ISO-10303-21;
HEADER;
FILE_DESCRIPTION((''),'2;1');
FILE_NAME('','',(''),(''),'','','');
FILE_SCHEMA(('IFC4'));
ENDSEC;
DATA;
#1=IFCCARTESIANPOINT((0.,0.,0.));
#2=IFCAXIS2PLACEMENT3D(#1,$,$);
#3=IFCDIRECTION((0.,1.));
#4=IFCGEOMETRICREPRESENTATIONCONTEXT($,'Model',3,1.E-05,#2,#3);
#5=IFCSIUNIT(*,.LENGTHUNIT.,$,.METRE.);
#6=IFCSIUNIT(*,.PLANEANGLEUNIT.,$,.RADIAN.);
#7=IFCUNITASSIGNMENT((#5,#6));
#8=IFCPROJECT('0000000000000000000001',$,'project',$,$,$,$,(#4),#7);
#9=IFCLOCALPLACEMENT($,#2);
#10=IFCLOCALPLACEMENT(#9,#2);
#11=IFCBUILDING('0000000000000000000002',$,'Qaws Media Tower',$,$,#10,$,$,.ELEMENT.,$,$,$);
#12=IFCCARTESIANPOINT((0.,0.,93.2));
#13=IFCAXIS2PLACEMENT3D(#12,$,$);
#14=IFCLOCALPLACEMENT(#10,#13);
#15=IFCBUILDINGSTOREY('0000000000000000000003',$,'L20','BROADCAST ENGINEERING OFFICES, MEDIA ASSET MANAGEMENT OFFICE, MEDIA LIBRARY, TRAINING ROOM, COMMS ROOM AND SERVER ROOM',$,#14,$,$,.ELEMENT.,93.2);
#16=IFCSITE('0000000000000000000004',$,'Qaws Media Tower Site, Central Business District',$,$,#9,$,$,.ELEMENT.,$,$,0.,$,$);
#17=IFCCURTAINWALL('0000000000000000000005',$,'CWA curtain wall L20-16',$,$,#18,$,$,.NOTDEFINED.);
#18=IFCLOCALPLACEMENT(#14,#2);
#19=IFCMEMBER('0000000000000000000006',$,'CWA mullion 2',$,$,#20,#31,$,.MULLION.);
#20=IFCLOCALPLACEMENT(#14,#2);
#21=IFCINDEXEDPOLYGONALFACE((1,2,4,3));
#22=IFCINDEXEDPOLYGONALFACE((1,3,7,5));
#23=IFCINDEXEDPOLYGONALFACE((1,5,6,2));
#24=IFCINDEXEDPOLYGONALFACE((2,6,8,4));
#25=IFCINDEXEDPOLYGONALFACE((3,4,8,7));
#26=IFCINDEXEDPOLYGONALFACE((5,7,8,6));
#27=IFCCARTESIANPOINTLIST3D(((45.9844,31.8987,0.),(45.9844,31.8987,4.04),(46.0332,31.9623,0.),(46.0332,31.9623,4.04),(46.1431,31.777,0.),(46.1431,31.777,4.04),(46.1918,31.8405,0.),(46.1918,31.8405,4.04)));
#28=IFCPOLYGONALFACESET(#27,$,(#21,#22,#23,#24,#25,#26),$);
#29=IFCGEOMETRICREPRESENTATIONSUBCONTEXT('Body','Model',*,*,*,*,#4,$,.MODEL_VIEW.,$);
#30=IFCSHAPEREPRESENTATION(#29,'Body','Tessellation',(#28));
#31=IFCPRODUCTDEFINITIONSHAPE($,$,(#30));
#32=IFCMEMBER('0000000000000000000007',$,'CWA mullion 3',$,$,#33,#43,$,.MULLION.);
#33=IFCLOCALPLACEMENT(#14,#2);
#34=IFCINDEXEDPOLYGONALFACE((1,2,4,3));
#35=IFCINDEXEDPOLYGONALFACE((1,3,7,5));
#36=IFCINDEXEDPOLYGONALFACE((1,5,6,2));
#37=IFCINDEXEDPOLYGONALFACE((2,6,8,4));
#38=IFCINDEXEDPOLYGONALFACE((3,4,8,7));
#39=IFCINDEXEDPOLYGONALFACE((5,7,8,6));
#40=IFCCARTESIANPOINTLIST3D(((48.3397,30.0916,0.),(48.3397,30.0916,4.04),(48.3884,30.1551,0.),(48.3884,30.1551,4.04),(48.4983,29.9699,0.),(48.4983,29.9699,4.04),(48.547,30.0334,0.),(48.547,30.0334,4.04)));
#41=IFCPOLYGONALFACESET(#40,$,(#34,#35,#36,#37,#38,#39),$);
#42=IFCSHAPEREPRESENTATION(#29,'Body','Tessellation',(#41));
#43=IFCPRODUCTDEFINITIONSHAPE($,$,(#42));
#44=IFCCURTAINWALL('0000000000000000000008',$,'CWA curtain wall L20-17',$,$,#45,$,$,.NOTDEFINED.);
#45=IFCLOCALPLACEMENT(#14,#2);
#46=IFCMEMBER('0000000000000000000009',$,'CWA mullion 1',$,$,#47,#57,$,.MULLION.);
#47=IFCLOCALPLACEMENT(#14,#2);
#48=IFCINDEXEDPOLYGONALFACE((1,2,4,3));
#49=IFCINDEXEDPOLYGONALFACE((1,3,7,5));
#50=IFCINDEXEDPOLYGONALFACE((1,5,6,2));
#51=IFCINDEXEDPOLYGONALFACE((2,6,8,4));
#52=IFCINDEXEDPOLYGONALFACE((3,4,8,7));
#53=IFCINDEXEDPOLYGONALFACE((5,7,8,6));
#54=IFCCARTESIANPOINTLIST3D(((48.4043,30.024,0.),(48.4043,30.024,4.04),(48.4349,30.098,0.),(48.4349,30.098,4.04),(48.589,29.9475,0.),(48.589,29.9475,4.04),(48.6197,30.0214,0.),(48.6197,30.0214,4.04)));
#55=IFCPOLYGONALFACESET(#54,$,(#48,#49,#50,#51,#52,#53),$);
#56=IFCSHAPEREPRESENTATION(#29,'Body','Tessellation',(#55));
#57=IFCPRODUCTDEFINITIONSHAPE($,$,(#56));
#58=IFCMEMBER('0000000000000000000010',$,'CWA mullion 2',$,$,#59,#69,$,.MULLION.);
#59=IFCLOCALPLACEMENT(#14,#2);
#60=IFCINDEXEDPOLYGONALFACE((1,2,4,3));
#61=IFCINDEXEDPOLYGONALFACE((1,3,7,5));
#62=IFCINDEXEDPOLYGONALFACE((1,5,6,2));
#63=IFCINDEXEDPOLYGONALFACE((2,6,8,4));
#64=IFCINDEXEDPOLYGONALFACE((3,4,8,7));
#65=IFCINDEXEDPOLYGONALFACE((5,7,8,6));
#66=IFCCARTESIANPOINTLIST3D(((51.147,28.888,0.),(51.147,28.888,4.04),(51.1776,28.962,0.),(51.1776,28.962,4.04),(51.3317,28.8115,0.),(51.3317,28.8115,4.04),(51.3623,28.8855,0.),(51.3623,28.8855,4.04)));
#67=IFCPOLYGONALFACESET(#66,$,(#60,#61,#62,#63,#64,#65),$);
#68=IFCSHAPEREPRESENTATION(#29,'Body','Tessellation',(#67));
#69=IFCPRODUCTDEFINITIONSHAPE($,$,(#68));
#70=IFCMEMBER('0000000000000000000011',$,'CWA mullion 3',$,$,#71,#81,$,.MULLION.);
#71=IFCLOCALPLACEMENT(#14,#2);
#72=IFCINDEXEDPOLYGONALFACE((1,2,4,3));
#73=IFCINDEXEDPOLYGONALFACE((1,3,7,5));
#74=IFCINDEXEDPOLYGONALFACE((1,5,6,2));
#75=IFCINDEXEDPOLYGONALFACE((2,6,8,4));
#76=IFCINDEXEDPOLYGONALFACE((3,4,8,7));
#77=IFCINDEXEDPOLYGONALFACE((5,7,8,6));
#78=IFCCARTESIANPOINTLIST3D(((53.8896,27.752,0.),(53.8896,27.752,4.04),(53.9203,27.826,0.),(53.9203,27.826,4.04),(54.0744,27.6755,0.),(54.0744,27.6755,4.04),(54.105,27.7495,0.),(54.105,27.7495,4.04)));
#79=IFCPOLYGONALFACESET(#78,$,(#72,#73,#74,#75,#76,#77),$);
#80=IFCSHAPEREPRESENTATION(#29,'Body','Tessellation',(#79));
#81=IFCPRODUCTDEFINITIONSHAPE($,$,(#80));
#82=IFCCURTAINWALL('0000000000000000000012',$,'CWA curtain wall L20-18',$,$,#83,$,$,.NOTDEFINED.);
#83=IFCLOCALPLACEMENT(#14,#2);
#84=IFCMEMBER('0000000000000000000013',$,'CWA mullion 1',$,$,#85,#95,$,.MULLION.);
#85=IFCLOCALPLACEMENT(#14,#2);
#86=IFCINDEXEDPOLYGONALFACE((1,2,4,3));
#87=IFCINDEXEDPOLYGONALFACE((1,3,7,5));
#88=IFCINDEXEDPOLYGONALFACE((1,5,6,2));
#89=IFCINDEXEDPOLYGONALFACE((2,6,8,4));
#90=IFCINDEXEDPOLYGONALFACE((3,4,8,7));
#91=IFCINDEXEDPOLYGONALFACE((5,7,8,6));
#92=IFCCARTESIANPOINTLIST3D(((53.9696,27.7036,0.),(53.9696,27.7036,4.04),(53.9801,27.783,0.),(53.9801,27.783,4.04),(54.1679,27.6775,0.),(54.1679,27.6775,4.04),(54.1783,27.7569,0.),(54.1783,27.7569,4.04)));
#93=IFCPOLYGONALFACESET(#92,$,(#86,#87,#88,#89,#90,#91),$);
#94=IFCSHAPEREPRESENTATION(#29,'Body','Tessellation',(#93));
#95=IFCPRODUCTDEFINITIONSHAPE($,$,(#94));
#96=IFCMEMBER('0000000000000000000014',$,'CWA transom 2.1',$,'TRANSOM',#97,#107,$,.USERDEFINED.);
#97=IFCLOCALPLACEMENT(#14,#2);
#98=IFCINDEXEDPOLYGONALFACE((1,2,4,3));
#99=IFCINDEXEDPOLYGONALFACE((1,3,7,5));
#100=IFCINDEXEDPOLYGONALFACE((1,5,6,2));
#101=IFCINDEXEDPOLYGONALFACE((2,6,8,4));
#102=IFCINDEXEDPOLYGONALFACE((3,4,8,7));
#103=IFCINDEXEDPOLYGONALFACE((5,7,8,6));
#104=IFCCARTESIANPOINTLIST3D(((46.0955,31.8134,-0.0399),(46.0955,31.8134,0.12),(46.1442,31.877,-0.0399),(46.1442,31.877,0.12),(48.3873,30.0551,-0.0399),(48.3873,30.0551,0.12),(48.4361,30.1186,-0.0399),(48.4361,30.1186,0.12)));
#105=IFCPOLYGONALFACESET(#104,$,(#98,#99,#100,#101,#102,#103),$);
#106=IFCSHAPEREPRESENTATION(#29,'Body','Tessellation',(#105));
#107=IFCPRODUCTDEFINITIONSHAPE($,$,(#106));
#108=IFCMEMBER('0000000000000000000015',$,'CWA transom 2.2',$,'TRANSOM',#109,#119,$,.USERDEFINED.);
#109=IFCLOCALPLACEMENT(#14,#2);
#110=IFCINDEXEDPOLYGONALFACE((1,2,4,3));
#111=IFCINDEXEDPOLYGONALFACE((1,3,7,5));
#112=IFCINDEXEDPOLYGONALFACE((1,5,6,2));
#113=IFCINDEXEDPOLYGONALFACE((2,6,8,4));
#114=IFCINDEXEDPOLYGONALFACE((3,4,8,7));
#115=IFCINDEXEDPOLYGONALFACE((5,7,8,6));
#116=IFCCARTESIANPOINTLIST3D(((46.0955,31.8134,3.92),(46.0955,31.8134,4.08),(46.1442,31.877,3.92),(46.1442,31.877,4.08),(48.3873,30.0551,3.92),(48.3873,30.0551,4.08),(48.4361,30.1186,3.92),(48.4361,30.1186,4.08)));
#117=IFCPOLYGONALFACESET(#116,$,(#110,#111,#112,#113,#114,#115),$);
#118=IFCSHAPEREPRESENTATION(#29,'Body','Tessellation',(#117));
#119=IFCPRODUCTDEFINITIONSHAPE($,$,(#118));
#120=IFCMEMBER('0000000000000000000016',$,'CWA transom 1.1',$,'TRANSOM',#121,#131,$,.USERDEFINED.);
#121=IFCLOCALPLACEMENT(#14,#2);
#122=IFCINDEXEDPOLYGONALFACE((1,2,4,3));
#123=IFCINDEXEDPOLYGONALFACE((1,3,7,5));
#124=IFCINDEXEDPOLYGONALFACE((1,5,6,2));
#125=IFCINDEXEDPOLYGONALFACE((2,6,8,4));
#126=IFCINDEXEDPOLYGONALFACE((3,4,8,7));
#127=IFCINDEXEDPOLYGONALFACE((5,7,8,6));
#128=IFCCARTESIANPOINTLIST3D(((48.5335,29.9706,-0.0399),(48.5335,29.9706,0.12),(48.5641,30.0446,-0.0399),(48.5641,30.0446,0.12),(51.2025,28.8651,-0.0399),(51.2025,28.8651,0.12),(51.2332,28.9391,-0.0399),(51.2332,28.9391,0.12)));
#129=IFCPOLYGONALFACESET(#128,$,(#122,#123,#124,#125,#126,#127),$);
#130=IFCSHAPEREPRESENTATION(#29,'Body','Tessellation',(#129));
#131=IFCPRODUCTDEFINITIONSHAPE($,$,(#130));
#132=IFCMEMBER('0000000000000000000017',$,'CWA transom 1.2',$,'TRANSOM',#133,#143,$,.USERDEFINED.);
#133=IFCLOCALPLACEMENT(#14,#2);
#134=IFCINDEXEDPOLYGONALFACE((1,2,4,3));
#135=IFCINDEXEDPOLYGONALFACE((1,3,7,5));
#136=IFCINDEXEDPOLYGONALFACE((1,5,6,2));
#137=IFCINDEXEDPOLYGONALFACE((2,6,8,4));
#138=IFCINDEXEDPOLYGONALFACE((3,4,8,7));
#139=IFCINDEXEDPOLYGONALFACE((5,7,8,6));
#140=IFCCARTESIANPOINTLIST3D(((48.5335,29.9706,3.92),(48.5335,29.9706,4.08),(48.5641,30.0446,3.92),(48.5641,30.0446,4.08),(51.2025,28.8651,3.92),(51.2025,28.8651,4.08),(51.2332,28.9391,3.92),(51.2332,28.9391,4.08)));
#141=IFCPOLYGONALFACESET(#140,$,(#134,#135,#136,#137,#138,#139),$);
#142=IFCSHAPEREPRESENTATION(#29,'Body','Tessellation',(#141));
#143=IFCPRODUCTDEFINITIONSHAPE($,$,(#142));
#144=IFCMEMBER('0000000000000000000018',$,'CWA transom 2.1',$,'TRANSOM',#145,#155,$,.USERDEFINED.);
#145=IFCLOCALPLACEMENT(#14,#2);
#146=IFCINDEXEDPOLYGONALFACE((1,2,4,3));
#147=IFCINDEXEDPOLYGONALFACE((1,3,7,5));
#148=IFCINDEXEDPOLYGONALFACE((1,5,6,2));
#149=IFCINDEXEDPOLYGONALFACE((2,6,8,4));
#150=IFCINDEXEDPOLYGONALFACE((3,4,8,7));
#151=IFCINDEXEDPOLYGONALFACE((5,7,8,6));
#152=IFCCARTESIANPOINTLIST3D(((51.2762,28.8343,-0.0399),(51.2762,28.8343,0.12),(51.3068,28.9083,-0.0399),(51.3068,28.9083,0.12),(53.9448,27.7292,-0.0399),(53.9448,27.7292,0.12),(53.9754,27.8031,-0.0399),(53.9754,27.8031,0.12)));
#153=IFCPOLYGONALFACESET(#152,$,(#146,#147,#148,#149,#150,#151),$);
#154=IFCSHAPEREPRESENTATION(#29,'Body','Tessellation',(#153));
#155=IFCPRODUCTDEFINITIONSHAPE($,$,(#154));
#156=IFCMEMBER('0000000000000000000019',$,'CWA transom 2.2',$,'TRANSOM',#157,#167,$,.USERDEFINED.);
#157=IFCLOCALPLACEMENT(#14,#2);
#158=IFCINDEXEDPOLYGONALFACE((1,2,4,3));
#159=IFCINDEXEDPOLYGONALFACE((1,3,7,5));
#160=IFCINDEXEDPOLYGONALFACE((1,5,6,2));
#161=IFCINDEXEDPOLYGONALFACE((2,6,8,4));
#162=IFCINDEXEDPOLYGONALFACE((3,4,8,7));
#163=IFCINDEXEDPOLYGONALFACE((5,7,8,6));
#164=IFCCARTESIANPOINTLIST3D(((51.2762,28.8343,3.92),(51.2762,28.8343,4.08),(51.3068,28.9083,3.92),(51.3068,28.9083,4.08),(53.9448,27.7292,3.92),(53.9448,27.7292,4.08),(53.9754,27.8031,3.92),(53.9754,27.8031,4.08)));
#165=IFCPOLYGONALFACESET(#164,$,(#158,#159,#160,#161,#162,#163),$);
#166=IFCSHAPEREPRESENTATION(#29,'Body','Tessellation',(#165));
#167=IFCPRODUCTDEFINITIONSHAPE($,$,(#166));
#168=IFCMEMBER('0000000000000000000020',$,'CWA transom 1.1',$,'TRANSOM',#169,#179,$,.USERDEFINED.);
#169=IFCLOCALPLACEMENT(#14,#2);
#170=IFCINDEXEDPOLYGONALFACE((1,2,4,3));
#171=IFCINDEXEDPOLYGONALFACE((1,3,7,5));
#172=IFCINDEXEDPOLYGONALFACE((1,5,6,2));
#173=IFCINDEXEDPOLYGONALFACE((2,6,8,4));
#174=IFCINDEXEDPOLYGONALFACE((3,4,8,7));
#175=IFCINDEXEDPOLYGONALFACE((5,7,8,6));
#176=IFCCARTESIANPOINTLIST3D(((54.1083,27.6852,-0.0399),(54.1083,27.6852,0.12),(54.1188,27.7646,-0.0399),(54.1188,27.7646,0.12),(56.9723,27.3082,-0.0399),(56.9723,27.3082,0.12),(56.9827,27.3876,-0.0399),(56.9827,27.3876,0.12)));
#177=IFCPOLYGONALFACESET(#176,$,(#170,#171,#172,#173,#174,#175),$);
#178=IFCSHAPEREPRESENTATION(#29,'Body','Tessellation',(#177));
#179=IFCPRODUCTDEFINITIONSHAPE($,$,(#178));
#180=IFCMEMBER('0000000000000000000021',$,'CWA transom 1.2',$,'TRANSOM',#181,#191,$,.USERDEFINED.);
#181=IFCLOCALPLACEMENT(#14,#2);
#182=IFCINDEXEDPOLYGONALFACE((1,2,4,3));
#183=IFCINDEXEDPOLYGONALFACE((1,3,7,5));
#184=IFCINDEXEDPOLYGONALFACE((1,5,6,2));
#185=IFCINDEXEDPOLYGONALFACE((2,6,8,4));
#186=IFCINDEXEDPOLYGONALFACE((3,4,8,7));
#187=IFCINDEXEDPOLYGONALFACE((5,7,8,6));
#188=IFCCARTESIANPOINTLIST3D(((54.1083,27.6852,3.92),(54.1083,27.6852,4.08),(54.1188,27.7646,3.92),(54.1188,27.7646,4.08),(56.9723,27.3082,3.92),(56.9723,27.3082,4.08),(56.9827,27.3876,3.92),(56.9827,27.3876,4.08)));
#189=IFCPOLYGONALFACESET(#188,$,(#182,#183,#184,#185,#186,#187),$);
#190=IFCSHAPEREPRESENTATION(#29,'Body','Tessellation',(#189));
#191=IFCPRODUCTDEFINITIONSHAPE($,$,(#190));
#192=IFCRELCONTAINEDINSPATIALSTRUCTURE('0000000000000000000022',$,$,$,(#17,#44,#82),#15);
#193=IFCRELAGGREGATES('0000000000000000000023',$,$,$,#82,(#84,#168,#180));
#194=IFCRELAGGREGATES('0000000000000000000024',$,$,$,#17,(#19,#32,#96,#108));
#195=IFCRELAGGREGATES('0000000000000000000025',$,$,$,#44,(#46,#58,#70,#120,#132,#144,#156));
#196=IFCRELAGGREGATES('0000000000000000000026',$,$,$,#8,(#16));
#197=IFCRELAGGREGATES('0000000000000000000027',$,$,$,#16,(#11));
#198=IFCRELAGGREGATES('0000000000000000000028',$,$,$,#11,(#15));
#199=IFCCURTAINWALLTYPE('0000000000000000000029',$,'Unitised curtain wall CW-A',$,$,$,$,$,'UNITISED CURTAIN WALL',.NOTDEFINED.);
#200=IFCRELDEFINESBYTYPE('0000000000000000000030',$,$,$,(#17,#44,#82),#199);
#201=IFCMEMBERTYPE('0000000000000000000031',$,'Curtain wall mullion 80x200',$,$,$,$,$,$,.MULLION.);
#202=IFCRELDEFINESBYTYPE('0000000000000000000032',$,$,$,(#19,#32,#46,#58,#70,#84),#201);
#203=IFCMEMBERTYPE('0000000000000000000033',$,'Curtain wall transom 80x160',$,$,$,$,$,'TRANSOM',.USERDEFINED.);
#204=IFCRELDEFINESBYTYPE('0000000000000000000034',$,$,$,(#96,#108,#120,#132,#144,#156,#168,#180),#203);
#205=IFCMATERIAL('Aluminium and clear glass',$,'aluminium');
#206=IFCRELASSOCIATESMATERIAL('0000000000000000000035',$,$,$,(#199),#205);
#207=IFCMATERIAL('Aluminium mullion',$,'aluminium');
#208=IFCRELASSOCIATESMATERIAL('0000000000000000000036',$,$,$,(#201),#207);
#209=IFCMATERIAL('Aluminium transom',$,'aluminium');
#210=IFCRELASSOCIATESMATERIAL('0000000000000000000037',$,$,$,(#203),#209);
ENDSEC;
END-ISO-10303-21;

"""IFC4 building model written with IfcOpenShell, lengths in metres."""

from ifc_helpers import new_model, si_unit, direction, frame, origin, origin_2d, place, context, subcontext, project, spatial, rectangle, extrude, material, material_profile, profile_set, type_object, element, aggregate, save


model = new_model("IFC4")

# Units and contexts
model_context = context("Model", 3, precision=1e-05, world=origin(), true_north=direction((0.0, 1.0)))
body_context = subcontext(model_context, "Body", "Model", "MODEL_VIEW")
ifc_project = project(units=[si_unit("LENGTHUNIT", "METRE"), si_unit("PLANEANGLEUNIT", "RADIAN")], contexts=[model_context])

# Site, building, storey
site_placement = place(None, origin())
site = spatial("IfcSite", under=ifc_project, at=site_placement, Name="Qaws Media Tower Site, Central Business District", CompositionType="ELEMENT", RefElevation=0.0)
building_placement = place(site_placement, origin())
building = spatial("IfcBuilding", under=site, at=building_placement, Name="Qaws Media Tower", CompositionType="ELEMENT")
storey_placement = place(building_placement, frame((0.0, 0.0, 93.2)))
storey = spatial("IfcBuildingStorey", under=building, at=storey_placement, Name="L20", Description="BROADCAST ENGINEERING OFFICES, MEDIA ASSET MANAGEMENT OFFICE, MEDIA LIBRARY, TRAINING ROOM, COMMS ROOM AND SERVER ROOM", CompositionType="ELEMENT", Elevation=93.2)

# Curtain walls, members
ifc_material_1 = material(Name="Aluminium and clear glass", Category="aluminium")
curtain_wall_type = type_object("IfcCurtainWallType", Name="Unitised curtain wall CW-A", ElementType="UNITISED CURTAIN WALL", PredefinedType="NOTDEFINED", material=ifc_material_1)
curtain_wall_1_placement = place(storey_placement, origin())
curtain_wall_1 = element("IfcCurtainWall", 1, at=curtain_wall_1_placement, inside=storey, type_object=curtain_wall_type, Name="CWA curtain wall L20-16", PredefinedType="NOTDEFINED")
ifc_material_2 = material(Name="Aluminium mullion", Category="aluminium")
ifc_material_profile_1 = material_profile(ifc_material_2, rectangle(XDim=0.0801, YDim=0.2, at=origin_2d()), Name="80x200")
ifc_profile_set_1 = profile_set([ifc_material_profile_1], Name="Aluminium mullion")
member_type_1 = type_object("IfcMemberType", Name="Curtain wall mullion 80x200", PredefinedType="MULLION", material=ifc_profile_set_1)
member_1_placement = place(storey_placement, frame((46.0881, 31.8696, 0.0), z_axis=(0.0, 0.0, 1.0), x_axis=(0.608762, 0.793353, 0.0)))
member_1 = element("IfcMember", 2, at=member_1_placement, type_object=member_type_1, Name="CWA mullion 2", PredefinedType="MULLION", context=body_context, shape_type="SweptSolid", body=[
    extrude(rectangle(XDim=0.0801, YDim=0.2, at=origin_2d()), origin(), (0.0, 0.0, 1.0), 4.04),
])
member_2_placement = place(storey_placement, frame((48.4434, 30.0625, 0.0), z_axis=(0.0, 0.0, 1.0), x_axis=(0.608762, 0.793353, 0.0)))
member_2 = element("IfcMember", 3, at=member_2_placement, type_object=member_type_1, Name="CWA mullion 3", PredefinedType="MULLION", context=body_context, shape_type="SweptSolid", body=[
    extrude(rectangle(XDim=0.0801, YDim=0.2, at=origin_2d()), origin(), (0.0, 0.0, 1.0), 4.04),
])
curtain_wall_2_placement = place(storey_placement, origin())
curtain_wall_2 = element("IfcCurtainWall", 4, at=curtain_wall_2_placement, inside=storey, type_object=curtain_wall_type, Name="CWA curtain wall L20-17", PredefinedType="NOTDEFINED")
member_3_placement = place(storey_placement, frame((48.512, 30.0227, 0.0), z_axis=(0.0, 0.0, 1.0), x_axis=(0.382683, 0.92388, 0.0)))
member_3 = element("IfcMember", 5, at=member_3_placement, type_object=member_type_1, Name="CWA mullion 1", PredefinedType="MULLION", context=body_context, shape_type="SweptSolid", body=[
    extrude(rectangle(XDim=0.0801, YDim=0.2, at=origin_2d()), origin(), (0.0, 0.0, 1.0), 4.04),
])
member_4_placement = place(storey_placement, frame((51.2546, 28.8867, 0.0), z_axis=(0.0, 0.0, 1.0), x_axis=(0.382683, 0.92388, 0.0)))
member_4 = element("IfcMember", 6, at=member_4_placement, type_object=member_type_1, Name="CWA mullion 2", PredefinedType="MULLION", context=body_context, shape_type="SweptSolid", body=[
    extrude(rectangle(XDim=0.0801, YDim=0.2, at=origin_2d()), origin(), (0.0, 0.0, 1.0), 4.04),
])
member_5_placement = place(storey_placement, frame((53.9973, 27.7507, 0.0), z_axis=(0.0, 0.0, 1.0), x_axis=(0.382683, 0.92388, 0.0)))
member_5 = element("IfcMember", 7, at=member_5_placement, type_object=member_type_1, Name="CWA mullion 3", PredefinedType="MULLION", context=body_context, shape_type="SweptSolid", body=[
    extrude(rectangle(XDim=0.0801, YDim=0.2, at=origin_2d()), origin(), (0.0, 0.0, 1.0), 4.04),
])

# Curtain wall, member
curtain_wall_3_placement = place(storey_placement, origin())
curtain_wall_3 = element("IfcCurtainWall", 8, at=curtain_wall_3_placement, inside=storey, type_object=curtain_wall_type, Name="CWA curtain wall L20-18", PredefinedType="NOTDEFINED")
member_6_placement = place(storey_placement, frame((54.074, 27.7302, 0.0), z_axis=(0.0, 0.0, 1.0), x_axis=(0.130526, 0.991445, 0.0)))
member_6 = element("IfcMember", 9, at=member_6_placement, type_object=member_type_1, Name="CWA mullion 1", PredefinedType="MULLION", context=body_context, shape_type="SweptSolid", body=[
    extrude(rectangle(XDim=0.0801, YDim=0.2, at=origin_2d()), origin(), (0.0, 0.0, 1.0), 4.04),
])

# Members
ifc_material_3 = material(Name="Aluminium transom", Category="aluminium")
ifc_material_profile_2 = material_profile(ifc_material_3, rectangle(XDim=0.0801, YDim=0.1599, at=origin_2d()), Name="80x160")
ifc_profile_set_2 = profile_set([ifc_material_profile_2], Name="Aluminium transom")
member_type_2 = type_object("IfcMemberType", Name="Curtain wall transom 80x160", ElementType="TRANSOM", PredefinedType="USERDEFINED", material=ifc_profile_set_2)
member_7_placement = place(storey_placement, frame((46.1199, 31.8452, 0.04), z_axis=(0.79339, -0.608714, 0.0), x_axis=(0.608714, 0.79339, 0.0)))
member_7 = element("IfcMember", 10, at=member_7_placement, type_object=member_type_2, Name="CWA transom 2.1", ObjectType="TRANSOM", PredefinedType="USERDEFINED", context=body_context, shape_type="SweptSolid", body=[
    extrude(rectangle(XDim=0.0801, YDim=0.1599, at=origin_2d()), origin(), (0.0, 0.0, 1.0), 2.8887),
])
member_8_placement = place(storey_placement, frame((46.1199, 31.8452, 4.0), z_axis=(0.79339, -0.608714, 0.0), x_axis=(0.608714, 0.79339, 0.0)))
member_8 = element("IfcMember", 11, at=member_8_placement, type_object=member_type_2, Name="CWA transom 2.2", ObjectType="TRANSOM", PredefinedType="USERDEFINED", context=body_context, shape_type="SweptSolid", body=[
    extrude(rectangle(XDim=0.0801, YDim=0.1599, at=origin_2d()), origin(), (0.0, 0.0, 1.0), 2.8887),
])
member_9_placement = place(storey_placement, frame((48.5488, 30.0076, 0.04), z_axis=(0.923885, -0.38267, 0.0), x_axis=(0.38267, 0.923885, 0.0)))
member_9 = element("IfcMember", 12, at=member_9_placement, type_object=member_type_2, Name="CWA transom 1.1", ObjectType="TRANSOM", PredefinedType="USERDEFINED", context=body_context, shape_type="SweptSolid", body=[
    extrude(rectangle(XDim=0.0801, YDim=0.1599, at=origin_2d()), origin(), (0.0, 0.0, 1.0), 2.8889),
])
member_10_placement = place(storey_placement, frame((48.5488, 30.0076, 4.0), z_axis=(0.923885, -0.38267, 0.0), x_axis=(0.38267, 0.923885, 0.0)))
member_10 = element("IfcMember", 13, at=member_10_placement, type_object=member_type_2, Name="CWA transom 1.2", ObjectType="TRANSOM", PredefinedType="USERDEFINED", context=body_context, shape_type="SweptSolid", body=[
    extrude(rectangle(XDim=0.0801, YDim=0.1599, at=origin_2d()), origin(), (0.0, 0.0, 1.0), 2.8889),
])
member_11_placement = place(storey_placement, frame((51.2915, 28.8713, 0.04), z_axis=(0.923902, -0.382628, 0.0), x_axis=(0.382628, 0.923902, 0.0)))
member_11 = element("IfcMember", 14, at=member_11_placement, type_object=member_type_2, Name="CWA transom 2.1", ObjectType="TRANSOM", PredefinedType="USERDEFINED", context=body_context, shape_type="SweptSolid", body=[
    extrude(rectangle(XDim=0.0801, YDim=0.1599, at=origin_2d()), origin(), (0.0, 0.0, 1.0), 2.8884),
])
member_12_placement = place(storey_placement, frame((51.2915, 28.8713, 4.0), z_axis=(0.923902, -0.382628, 0.0), x_axis=(0.382628, 0.923902, 0.0)))
member_12 = element("IfcMember", 15, at=member_12_placement, type_object=member_type_2, Name="CWA transom 2.2", ObjectType="TRANSOM", PredefinedType="USERDEFINED", context=body_context, shape_type="SweptSolid", body=[
    extrude(rectangle(XDim=0.0801, YDim=0.1599, at=origin_2d()), origin(), (0.0, 0.0, 1.0), 2.8884),
])
member_13_placement = place(storey_placement, frame((54.1135, 27.7249, 0.04), z_axis=(0.991449, -0.130492, 0.0), x_axis=(0.130492, 0.991449, 0.0)))
member_13 = element("IfcMember", 16, at=member_13_placement, type_object=member_type_2, Name="CWA transom 1.1", ObjectType="TRANSOM", PredefinedType="USERDEFINED", context=body_context, shape_type="SweptSolid", body=[
    extrude(rectangle(XDim=0.0801, YDim=0.1599, at=origin_2d()), origin(), (0.0, 0.0, 1.0), 2.8887),
])
member_14_placement = place(storey_placement, frame((54.1135, 27.7249, 4.0), z_axis=(0.991449, -0.130492, 0.0), x_axis=(0.130492, 0.991449, 0.0)))
member_14 = element("IfcMember", 17, at=member_14_placement, type_object=member_type_2, Name="CWA transom 1.2", ObjectType="TRANSOM", PredefinedType="USERDEFINED", context=body_context, shape_type="SweptSolid", body=[
    extrude(rectangle(XDim=0.0801, YDim=0.1599, at=origin_2d()), origin(), (0.0, 0.0, 1.0), 2.8887),
])
aggregate(curtain_wall_3, [member_6, member_13, member_14])

aggregate(curtain_wall_1, [member_1, member_2, member_7, member_8])
aggregate(curtain_wall_2, [member_3, member_4, member_5, member_9, member_10, member_11, member_12])

save(model, "model.ifc")
